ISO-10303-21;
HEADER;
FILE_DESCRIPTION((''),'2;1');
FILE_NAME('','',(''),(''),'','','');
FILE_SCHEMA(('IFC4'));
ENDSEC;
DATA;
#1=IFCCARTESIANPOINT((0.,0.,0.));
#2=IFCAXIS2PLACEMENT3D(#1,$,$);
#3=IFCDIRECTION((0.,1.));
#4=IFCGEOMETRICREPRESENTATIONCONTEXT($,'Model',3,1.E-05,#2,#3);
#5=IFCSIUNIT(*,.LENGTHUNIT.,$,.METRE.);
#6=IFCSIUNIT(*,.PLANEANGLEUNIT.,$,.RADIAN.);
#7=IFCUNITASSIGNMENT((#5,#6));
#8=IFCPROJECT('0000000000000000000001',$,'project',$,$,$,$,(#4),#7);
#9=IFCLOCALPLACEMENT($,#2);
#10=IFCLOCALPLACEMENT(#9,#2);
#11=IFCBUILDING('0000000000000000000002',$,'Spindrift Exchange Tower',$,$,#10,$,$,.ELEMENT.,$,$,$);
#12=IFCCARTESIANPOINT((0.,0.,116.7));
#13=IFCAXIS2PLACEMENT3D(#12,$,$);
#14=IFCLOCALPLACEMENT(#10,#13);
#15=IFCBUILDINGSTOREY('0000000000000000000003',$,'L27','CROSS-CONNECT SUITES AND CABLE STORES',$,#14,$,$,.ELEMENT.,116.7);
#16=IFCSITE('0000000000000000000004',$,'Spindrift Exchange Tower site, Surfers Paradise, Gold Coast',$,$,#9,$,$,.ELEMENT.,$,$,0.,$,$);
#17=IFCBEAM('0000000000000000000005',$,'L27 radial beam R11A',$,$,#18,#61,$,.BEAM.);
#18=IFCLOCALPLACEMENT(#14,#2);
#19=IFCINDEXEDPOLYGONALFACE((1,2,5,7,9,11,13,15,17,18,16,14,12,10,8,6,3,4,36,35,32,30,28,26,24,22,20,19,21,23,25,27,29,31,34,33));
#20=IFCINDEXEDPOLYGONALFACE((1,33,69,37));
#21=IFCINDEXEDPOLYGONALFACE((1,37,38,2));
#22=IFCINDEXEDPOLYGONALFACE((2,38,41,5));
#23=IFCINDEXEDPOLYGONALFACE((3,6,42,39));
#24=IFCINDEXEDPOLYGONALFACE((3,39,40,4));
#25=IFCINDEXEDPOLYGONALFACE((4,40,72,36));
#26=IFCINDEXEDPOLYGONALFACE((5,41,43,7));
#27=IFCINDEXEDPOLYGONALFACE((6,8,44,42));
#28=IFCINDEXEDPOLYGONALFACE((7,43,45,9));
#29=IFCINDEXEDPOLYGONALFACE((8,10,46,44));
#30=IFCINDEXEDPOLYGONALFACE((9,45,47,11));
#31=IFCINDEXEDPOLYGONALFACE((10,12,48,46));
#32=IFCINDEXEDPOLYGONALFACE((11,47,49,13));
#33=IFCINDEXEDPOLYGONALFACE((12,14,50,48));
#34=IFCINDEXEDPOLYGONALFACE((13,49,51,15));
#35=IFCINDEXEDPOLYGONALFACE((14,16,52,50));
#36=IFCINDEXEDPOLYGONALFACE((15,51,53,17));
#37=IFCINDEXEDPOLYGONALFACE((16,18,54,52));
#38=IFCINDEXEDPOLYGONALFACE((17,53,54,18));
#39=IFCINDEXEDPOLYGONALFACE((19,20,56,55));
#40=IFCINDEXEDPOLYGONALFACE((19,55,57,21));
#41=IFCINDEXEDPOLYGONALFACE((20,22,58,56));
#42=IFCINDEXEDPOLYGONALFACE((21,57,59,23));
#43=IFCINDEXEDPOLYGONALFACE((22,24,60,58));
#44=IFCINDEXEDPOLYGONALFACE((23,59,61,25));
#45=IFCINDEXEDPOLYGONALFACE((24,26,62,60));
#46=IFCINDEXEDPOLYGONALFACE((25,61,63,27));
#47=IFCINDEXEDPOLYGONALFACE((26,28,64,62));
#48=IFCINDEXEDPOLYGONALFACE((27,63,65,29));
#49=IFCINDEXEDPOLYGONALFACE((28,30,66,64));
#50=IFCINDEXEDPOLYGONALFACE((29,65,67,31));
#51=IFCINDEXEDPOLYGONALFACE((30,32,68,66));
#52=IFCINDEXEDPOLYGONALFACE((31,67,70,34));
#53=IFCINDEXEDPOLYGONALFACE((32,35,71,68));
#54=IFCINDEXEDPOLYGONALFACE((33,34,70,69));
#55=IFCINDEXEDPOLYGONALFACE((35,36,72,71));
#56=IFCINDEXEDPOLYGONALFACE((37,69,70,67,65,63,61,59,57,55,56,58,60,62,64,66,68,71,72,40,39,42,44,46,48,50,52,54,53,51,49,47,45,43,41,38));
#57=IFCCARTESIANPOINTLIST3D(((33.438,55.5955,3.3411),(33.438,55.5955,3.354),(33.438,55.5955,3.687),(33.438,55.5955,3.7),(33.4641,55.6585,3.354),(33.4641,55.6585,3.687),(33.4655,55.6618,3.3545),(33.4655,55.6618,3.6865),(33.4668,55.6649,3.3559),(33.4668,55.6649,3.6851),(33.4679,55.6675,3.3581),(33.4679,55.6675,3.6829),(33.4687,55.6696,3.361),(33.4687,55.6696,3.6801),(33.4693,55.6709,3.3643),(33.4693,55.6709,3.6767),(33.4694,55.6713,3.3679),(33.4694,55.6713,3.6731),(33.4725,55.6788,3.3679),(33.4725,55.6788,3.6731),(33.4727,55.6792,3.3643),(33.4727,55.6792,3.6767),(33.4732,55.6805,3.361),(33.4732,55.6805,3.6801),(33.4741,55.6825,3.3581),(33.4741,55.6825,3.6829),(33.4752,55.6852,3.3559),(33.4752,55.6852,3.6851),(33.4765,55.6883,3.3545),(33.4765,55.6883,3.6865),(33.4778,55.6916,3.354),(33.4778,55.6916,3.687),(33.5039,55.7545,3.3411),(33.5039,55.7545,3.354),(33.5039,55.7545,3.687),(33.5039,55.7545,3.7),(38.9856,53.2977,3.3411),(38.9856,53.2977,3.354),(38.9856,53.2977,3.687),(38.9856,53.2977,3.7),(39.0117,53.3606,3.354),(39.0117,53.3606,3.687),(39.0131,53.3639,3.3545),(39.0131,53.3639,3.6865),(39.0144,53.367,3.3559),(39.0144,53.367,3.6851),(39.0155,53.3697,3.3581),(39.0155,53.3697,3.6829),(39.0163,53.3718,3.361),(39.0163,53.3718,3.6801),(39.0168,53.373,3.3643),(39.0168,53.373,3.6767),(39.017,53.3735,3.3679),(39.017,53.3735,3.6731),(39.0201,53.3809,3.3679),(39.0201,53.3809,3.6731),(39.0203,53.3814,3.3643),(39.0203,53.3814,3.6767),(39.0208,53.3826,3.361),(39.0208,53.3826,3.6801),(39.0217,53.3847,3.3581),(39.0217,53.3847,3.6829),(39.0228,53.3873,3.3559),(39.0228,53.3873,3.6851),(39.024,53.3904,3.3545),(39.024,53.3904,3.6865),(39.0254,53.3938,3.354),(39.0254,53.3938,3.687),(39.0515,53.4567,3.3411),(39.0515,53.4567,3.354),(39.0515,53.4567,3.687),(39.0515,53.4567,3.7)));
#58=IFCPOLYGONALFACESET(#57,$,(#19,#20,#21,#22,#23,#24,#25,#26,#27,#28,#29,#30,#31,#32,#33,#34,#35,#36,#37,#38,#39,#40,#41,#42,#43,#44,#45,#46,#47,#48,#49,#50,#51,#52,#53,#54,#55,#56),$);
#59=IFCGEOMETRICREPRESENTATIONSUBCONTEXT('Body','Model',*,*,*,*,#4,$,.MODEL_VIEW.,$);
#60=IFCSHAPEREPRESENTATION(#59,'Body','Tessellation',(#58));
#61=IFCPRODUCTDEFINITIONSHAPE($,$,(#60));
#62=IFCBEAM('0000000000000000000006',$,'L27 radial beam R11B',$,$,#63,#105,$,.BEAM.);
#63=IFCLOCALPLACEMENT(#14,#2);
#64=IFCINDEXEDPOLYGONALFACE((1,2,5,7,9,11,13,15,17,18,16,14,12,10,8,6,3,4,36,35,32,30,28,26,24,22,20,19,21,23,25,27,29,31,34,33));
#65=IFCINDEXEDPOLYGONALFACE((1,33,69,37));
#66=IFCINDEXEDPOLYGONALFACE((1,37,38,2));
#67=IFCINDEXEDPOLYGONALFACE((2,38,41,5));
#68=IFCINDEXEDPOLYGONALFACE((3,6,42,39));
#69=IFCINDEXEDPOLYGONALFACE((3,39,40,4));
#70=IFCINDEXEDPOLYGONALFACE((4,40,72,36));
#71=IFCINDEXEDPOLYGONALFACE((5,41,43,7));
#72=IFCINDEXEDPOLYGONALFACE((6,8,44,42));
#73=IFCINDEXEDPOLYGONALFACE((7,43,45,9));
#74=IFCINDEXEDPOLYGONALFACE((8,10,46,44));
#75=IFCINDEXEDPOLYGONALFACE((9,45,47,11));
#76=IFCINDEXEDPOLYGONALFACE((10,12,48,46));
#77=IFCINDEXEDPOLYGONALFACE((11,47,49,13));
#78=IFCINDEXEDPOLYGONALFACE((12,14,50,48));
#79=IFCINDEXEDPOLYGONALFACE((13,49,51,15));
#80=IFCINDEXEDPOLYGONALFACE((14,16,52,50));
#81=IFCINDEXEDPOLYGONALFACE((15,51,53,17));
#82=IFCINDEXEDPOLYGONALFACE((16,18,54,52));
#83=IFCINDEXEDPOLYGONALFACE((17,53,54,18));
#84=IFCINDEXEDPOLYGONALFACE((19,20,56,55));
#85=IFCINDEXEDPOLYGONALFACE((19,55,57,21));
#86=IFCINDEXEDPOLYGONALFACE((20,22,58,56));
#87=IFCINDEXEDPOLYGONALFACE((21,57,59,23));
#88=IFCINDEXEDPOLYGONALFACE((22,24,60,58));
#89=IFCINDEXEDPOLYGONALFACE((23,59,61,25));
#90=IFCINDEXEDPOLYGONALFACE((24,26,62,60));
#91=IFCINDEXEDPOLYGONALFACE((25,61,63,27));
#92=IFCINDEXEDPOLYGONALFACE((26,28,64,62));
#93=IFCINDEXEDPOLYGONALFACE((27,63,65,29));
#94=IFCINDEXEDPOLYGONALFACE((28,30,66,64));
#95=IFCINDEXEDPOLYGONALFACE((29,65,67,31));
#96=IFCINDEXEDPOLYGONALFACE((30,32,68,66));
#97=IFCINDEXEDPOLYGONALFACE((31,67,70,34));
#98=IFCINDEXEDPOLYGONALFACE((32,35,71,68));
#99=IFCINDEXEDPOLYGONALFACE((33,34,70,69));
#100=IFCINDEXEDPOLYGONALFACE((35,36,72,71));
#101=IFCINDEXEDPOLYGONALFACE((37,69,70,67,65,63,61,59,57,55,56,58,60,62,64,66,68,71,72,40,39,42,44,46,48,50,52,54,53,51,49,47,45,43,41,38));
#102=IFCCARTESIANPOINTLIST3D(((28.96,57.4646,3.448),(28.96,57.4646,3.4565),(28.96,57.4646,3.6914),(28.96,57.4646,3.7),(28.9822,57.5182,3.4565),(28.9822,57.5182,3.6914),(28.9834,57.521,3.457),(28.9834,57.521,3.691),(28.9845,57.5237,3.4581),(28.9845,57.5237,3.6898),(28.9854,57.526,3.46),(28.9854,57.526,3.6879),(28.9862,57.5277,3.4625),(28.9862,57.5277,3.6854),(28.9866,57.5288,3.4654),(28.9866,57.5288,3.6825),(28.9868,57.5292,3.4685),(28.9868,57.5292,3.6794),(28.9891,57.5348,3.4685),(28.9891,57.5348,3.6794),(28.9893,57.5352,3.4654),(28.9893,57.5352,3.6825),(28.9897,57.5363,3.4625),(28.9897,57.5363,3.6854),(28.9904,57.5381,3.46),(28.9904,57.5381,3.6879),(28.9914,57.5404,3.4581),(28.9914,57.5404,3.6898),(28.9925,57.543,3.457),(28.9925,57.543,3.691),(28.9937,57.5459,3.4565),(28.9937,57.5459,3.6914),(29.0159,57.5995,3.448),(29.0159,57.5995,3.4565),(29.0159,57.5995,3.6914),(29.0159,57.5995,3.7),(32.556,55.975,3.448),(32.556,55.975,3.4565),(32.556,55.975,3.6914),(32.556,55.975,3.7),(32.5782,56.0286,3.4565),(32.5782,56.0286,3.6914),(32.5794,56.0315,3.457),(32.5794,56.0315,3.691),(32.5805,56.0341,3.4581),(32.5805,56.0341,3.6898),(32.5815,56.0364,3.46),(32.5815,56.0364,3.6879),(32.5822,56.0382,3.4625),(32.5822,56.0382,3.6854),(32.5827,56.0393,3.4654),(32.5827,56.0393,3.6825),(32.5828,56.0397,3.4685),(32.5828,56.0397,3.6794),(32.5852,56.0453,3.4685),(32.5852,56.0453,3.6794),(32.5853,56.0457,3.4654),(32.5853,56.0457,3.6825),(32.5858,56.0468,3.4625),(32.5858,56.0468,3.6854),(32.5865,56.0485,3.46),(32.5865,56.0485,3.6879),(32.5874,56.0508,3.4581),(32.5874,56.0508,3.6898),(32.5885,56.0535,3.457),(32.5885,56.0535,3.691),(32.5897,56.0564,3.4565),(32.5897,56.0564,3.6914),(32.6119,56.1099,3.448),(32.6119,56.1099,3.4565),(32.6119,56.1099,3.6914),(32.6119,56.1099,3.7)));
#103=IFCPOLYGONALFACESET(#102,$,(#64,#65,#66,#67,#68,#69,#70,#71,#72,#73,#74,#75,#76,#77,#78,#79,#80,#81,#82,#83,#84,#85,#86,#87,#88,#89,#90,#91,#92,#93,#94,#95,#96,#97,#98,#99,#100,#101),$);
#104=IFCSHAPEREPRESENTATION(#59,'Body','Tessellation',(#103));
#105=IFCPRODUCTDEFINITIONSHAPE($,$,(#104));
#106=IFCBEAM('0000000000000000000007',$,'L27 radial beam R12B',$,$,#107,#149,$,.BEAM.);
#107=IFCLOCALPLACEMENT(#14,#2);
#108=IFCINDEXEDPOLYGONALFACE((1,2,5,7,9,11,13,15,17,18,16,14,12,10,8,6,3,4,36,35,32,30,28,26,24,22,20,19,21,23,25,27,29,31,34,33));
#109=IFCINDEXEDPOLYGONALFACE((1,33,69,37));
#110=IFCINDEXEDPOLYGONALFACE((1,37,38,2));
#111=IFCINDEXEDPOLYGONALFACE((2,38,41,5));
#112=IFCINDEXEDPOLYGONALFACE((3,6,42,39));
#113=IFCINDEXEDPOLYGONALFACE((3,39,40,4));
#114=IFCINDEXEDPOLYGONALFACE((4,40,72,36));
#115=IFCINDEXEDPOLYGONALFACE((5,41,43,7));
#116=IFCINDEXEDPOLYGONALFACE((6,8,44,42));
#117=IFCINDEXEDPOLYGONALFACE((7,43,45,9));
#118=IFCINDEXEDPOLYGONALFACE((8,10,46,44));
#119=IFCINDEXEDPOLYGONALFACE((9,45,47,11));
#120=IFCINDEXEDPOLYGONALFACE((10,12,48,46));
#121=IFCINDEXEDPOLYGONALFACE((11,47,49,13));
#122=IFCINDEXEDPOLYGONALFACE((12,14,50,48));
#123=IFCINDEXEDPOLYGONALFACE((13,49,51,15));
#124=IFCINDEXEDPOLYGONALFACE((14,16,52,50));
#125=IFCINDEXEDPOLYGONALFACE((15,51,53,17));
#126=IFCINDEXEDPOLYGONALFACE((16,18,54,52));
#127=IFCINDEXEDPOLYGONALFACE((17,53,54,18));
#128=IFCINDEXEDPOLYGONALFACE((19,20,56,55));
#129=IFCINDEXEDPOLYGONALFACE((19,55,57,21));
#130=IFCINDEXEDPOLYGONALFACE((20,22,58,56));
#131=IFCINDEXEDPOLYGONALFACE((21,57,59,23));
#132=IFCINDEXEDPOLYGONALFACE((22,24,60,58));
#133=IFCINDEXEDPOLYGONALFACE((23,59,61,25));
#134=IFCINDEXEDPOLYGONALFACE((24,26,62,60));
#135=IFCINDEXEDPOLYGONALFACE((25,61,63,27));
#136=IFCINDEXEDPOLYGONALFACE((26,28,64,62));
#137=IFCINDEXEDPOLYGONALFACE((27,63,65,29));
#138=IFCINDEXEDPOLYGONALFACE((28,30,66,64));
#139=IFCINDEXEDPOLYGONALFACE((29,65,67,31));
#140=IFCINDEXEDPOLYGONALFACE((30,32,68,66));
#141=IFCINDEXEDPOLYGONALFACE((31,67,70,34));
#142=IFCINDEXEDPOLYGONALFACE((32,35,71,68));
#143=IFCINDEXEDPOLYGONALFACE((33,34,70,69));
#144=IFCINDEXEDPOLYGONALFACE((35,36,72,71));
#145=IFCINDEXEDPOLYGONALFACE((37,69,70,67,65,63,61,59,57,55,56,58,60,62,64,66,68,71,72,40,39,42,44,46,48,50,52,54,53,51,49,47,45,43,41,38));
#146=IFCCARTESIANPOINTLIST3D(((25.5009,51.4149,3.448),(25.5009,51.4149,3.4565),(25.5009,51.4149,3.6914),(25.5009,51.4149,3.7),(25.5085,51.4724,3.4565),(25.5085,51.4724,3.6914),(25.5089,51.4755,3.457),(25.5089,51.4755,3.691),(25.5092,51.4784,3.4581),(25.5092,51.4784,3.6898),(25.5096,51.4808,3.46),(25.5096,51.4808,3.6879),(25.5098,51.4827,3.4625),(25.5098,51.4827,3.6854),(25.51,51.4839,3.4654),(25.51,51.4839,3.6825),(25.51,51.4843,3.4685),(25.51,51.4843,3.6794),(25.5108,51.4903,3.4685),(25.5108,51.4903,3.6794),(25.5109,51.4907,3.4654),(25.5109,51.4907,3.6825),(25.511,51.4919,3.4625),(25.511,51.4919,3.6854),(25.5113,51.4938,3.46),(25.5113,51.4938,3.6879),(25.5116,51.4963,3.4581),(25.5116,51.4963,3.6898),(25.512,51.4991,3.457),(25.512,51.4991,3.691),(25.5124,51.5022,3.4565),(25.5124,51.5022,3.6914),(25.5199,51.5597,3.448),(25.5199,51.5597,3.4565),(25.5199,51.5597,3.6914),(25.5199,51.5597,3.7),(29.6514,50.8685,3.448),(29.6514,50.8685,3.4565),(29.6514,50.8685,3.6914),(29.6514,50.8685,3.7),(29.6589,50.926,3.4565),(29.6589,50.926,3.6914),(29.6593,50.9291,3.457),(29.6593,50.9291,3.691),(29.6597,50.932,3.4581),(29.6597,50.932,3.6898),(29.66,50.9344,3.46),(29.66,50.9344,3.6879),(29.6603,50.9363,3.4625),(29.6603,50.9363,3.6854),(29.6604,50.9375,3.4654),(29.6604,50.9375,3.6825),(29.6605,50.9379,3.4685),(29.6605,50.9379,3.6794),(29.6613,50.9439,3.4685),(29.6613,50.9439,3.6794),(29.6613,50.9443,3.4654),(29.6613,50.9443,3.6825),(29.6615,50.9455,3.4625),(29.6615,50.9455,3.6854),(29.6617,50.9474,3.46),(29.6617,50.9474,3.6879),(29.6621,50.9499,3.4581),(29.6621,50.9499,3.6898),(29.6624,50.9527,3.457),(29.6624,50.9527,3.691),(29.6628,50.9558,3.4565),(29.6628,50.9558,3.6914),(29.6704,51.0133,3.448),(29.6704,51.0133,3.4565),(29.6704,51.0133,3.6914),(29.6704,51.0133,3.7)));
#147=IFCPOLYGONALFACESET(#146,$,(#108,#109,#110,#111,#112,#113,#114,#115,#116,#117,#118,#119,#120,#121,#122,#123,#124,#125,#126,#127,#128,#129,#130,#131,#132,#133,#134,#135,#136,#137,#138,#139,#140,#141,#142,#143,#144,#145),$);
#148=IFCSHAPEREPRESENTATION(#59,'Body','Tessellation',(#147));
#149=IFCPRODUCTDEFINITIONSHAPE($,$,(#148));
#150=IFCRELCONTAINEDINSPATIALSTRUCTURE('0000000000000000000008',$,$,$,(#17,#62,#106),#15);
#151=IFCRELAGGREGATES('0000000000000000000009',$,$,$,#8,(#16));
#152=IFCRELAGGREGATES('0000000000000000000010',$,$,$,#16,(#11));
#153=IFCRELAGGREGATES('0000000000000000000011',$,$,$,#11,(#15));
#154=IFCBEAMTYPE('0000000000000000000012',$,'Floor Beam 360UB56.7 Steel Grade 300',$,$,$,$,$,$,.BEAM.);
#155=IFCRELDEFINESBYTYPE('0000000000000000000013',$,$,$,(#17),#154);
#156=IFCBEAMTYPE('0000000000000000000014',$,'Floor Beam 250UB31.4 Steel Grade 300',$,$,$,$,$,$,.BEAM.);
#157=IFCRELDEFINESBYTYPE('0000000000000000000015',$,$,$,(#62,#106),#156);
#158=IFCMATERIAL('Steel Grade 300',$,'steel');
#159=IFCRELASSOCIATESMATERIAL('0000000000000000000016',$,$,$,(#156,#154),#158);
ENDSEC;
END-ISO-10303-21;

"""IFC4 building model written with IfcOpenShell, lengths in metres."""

from ifc_helpers import new_model, si_unit, direction, frame, origin, origin_2d, place, context, subcontext, project, spatial, i_section, extrude, source, transform, mapped, material, material_profile, profile_set, type_object, element, save


model = new_model("IFC4")

# Units and contexts
model_context = context("Model", 3, precision=1e-05, world=origin(), true_north=direction((0.0, 1.0)))
body_context = subcontext(model_context, "Body", "Model", "MODEL_VIEW")
ifc_project = project(units=[si_unit("LENGTHUNIT", "METRE"), si_unit("PLANEANGLEUNIT", "RADIAN")], contexts=[model_context])

# Site, building, storey
site_placement = place(None, origin())
site = spatial("IfcSite", under=ifc_project, at=site_placement, Name="Spindrift Exchange Tower site, Surfers Paradise, Gold Coast", CompositionType="ELEMENT", RefElevation=0.0)
building_placement = place(site_placement, origin())
building = spatial("IfcBuilding", under=site, at=building_placement, Name="Spindrift Exchange Tower", CompositionType="ELEMENT")
storey_placement = place(building_placement, frame((0.0, 0.0, 116.7)))
storey = spatial("IfcBuildingStorey", under=building, at=storey_placement, Name="L27", Description="CROSS-CONNECT SUITES AND CABLE STORES", CompositionType="ELEMENT", Elevation=116.7)

# Beams
ifc_material_1 = material(Name="Steel Grade 300", Category="steel")
ifc_material_profile_1 = material_profile(ifc_material_1, i_section(OverallWidth=0.146, OverallDepth=0.252, WebThickness=0.0061, FlangeThickness=0.0085, FilletRadius=0.012, at=origin_2d()), Name="250UB31.4")
ifc_profile_set_1 = profile_set([ifc_material_profile_1], Name="Steel Grade 300")
beam_type_1 = type_object("IfcBeamType", Name="Floor Beam 250UB31.4 Steel Grade 300", PredefinedType="BEAM", material=ifc_profile_set_1)
ifc_material_profile_2 = material_profile(ifc_material_1, i_section(OverallWidth=0.1721, OverallDepth=0.3589, WebThickness=0.0081, FlangeThickness=0.0129, FilletRadius=0.0139, at=origin_2d()), Name="360UB56.7")
ifc_profile_set_2 = profile_set([ifc_material_profile_2], Name="Steel Grade 300")
beam_type_2 = type_object("IfcBeamType", Name="Floor Beam 360UB56.7 Steel Grade 300", PredefinedType="BEAM", material=ifc_profile_set_2)
shared_shape_1 = source(origin(), body_context, "Body", "SweptSolid", [
    extrude(i_section(OverallWidth=0.1721, OverallDepth=0.3589, WebThickness=0.0081, FlangeThickness=0.0129, FilletRadius=0.0139, at=origin_2d()), origin(), (0.0, 0.0, 1.0), 6.0046),
])
beam_1_placement = place(storey_placement, frame((39.0186, 53.3772, 3.5205), z_axis=(-0.923882, 0.382677, 0.0), x_axis=(-0.382677, -0.923882, 0.0)))
element("IfcBeam", 1, at=beam_1_placement, inside=storey, type_object=beam_type_2, Name="L27 radial beam R11A", PredefinedType="BEAM", context=body_context, shape_type="MappedRepresentation", body=[
    mapped(shared_shape_1, transform((0.0, 0.0, 0.0), scale=1.0)),
])
shared_shape_2 = source(origin(), body_context, "Body", "SweptSolid", [
    extrude(i_section(OverallWidth=0.146, OverallDepth=0.252, WebThickness=0.0061, FlangeThickness=0.0085, FilletRadius=0.012, at=origin_2d()), origin(), (0.0, 0.0, 1.0), 3.8923),
])
beam_2_placement = place(storey_placement, frame((32.584, 56.0425, 3.574), z_axis=(-0.923878, 0.382686, 0.0), x_axis=(-0.382686, -0.923878, 0.0)))
element("IfcBeam", 2, at=beam_2_placement, inside=storey, type_object=beam_type_1, Name="L27 radial beam R11B", PredefinedType="BEAM", context=body_context, shape_type="MappedRepresentation", body=[
    mapped(shared_shape_2, transform((0.0, 0.0, 0.0), scale=1.0)),
])
shared_shape_3 = source(origin(), body_context, "Body", "SweptSolid", [
    extrude(i_section(OverallWidth=0.146, OverallDepth=0.252, WebThickness=0.0061, FlangeThickness=0.0085, FilletRadius=0.012, at=origin_2d()), origin(), (0.0, 0.0, 1.0), 4.1863),
])
beam_3_placement = place(storey_placement, frame((29.6609, 50.9409, 3.574), z_axis=(-0.991446, 0.130521, 0.0), x_axis=(-0.130521, -0.991446, 0.0)))
element("IfcBeam", 3, at=beam_3_placement, inside=storey, type_object=beam_type_1, Name="L27 radial beam R12B", PredefinedType="BEAM", context=body_context, shape_type="MappedRepresentation", body=[
    mapped(shared_shape_3, transform((0.0, 0.0, 0.0), scale=1.0)),
])

save(model, "model.ifc")
